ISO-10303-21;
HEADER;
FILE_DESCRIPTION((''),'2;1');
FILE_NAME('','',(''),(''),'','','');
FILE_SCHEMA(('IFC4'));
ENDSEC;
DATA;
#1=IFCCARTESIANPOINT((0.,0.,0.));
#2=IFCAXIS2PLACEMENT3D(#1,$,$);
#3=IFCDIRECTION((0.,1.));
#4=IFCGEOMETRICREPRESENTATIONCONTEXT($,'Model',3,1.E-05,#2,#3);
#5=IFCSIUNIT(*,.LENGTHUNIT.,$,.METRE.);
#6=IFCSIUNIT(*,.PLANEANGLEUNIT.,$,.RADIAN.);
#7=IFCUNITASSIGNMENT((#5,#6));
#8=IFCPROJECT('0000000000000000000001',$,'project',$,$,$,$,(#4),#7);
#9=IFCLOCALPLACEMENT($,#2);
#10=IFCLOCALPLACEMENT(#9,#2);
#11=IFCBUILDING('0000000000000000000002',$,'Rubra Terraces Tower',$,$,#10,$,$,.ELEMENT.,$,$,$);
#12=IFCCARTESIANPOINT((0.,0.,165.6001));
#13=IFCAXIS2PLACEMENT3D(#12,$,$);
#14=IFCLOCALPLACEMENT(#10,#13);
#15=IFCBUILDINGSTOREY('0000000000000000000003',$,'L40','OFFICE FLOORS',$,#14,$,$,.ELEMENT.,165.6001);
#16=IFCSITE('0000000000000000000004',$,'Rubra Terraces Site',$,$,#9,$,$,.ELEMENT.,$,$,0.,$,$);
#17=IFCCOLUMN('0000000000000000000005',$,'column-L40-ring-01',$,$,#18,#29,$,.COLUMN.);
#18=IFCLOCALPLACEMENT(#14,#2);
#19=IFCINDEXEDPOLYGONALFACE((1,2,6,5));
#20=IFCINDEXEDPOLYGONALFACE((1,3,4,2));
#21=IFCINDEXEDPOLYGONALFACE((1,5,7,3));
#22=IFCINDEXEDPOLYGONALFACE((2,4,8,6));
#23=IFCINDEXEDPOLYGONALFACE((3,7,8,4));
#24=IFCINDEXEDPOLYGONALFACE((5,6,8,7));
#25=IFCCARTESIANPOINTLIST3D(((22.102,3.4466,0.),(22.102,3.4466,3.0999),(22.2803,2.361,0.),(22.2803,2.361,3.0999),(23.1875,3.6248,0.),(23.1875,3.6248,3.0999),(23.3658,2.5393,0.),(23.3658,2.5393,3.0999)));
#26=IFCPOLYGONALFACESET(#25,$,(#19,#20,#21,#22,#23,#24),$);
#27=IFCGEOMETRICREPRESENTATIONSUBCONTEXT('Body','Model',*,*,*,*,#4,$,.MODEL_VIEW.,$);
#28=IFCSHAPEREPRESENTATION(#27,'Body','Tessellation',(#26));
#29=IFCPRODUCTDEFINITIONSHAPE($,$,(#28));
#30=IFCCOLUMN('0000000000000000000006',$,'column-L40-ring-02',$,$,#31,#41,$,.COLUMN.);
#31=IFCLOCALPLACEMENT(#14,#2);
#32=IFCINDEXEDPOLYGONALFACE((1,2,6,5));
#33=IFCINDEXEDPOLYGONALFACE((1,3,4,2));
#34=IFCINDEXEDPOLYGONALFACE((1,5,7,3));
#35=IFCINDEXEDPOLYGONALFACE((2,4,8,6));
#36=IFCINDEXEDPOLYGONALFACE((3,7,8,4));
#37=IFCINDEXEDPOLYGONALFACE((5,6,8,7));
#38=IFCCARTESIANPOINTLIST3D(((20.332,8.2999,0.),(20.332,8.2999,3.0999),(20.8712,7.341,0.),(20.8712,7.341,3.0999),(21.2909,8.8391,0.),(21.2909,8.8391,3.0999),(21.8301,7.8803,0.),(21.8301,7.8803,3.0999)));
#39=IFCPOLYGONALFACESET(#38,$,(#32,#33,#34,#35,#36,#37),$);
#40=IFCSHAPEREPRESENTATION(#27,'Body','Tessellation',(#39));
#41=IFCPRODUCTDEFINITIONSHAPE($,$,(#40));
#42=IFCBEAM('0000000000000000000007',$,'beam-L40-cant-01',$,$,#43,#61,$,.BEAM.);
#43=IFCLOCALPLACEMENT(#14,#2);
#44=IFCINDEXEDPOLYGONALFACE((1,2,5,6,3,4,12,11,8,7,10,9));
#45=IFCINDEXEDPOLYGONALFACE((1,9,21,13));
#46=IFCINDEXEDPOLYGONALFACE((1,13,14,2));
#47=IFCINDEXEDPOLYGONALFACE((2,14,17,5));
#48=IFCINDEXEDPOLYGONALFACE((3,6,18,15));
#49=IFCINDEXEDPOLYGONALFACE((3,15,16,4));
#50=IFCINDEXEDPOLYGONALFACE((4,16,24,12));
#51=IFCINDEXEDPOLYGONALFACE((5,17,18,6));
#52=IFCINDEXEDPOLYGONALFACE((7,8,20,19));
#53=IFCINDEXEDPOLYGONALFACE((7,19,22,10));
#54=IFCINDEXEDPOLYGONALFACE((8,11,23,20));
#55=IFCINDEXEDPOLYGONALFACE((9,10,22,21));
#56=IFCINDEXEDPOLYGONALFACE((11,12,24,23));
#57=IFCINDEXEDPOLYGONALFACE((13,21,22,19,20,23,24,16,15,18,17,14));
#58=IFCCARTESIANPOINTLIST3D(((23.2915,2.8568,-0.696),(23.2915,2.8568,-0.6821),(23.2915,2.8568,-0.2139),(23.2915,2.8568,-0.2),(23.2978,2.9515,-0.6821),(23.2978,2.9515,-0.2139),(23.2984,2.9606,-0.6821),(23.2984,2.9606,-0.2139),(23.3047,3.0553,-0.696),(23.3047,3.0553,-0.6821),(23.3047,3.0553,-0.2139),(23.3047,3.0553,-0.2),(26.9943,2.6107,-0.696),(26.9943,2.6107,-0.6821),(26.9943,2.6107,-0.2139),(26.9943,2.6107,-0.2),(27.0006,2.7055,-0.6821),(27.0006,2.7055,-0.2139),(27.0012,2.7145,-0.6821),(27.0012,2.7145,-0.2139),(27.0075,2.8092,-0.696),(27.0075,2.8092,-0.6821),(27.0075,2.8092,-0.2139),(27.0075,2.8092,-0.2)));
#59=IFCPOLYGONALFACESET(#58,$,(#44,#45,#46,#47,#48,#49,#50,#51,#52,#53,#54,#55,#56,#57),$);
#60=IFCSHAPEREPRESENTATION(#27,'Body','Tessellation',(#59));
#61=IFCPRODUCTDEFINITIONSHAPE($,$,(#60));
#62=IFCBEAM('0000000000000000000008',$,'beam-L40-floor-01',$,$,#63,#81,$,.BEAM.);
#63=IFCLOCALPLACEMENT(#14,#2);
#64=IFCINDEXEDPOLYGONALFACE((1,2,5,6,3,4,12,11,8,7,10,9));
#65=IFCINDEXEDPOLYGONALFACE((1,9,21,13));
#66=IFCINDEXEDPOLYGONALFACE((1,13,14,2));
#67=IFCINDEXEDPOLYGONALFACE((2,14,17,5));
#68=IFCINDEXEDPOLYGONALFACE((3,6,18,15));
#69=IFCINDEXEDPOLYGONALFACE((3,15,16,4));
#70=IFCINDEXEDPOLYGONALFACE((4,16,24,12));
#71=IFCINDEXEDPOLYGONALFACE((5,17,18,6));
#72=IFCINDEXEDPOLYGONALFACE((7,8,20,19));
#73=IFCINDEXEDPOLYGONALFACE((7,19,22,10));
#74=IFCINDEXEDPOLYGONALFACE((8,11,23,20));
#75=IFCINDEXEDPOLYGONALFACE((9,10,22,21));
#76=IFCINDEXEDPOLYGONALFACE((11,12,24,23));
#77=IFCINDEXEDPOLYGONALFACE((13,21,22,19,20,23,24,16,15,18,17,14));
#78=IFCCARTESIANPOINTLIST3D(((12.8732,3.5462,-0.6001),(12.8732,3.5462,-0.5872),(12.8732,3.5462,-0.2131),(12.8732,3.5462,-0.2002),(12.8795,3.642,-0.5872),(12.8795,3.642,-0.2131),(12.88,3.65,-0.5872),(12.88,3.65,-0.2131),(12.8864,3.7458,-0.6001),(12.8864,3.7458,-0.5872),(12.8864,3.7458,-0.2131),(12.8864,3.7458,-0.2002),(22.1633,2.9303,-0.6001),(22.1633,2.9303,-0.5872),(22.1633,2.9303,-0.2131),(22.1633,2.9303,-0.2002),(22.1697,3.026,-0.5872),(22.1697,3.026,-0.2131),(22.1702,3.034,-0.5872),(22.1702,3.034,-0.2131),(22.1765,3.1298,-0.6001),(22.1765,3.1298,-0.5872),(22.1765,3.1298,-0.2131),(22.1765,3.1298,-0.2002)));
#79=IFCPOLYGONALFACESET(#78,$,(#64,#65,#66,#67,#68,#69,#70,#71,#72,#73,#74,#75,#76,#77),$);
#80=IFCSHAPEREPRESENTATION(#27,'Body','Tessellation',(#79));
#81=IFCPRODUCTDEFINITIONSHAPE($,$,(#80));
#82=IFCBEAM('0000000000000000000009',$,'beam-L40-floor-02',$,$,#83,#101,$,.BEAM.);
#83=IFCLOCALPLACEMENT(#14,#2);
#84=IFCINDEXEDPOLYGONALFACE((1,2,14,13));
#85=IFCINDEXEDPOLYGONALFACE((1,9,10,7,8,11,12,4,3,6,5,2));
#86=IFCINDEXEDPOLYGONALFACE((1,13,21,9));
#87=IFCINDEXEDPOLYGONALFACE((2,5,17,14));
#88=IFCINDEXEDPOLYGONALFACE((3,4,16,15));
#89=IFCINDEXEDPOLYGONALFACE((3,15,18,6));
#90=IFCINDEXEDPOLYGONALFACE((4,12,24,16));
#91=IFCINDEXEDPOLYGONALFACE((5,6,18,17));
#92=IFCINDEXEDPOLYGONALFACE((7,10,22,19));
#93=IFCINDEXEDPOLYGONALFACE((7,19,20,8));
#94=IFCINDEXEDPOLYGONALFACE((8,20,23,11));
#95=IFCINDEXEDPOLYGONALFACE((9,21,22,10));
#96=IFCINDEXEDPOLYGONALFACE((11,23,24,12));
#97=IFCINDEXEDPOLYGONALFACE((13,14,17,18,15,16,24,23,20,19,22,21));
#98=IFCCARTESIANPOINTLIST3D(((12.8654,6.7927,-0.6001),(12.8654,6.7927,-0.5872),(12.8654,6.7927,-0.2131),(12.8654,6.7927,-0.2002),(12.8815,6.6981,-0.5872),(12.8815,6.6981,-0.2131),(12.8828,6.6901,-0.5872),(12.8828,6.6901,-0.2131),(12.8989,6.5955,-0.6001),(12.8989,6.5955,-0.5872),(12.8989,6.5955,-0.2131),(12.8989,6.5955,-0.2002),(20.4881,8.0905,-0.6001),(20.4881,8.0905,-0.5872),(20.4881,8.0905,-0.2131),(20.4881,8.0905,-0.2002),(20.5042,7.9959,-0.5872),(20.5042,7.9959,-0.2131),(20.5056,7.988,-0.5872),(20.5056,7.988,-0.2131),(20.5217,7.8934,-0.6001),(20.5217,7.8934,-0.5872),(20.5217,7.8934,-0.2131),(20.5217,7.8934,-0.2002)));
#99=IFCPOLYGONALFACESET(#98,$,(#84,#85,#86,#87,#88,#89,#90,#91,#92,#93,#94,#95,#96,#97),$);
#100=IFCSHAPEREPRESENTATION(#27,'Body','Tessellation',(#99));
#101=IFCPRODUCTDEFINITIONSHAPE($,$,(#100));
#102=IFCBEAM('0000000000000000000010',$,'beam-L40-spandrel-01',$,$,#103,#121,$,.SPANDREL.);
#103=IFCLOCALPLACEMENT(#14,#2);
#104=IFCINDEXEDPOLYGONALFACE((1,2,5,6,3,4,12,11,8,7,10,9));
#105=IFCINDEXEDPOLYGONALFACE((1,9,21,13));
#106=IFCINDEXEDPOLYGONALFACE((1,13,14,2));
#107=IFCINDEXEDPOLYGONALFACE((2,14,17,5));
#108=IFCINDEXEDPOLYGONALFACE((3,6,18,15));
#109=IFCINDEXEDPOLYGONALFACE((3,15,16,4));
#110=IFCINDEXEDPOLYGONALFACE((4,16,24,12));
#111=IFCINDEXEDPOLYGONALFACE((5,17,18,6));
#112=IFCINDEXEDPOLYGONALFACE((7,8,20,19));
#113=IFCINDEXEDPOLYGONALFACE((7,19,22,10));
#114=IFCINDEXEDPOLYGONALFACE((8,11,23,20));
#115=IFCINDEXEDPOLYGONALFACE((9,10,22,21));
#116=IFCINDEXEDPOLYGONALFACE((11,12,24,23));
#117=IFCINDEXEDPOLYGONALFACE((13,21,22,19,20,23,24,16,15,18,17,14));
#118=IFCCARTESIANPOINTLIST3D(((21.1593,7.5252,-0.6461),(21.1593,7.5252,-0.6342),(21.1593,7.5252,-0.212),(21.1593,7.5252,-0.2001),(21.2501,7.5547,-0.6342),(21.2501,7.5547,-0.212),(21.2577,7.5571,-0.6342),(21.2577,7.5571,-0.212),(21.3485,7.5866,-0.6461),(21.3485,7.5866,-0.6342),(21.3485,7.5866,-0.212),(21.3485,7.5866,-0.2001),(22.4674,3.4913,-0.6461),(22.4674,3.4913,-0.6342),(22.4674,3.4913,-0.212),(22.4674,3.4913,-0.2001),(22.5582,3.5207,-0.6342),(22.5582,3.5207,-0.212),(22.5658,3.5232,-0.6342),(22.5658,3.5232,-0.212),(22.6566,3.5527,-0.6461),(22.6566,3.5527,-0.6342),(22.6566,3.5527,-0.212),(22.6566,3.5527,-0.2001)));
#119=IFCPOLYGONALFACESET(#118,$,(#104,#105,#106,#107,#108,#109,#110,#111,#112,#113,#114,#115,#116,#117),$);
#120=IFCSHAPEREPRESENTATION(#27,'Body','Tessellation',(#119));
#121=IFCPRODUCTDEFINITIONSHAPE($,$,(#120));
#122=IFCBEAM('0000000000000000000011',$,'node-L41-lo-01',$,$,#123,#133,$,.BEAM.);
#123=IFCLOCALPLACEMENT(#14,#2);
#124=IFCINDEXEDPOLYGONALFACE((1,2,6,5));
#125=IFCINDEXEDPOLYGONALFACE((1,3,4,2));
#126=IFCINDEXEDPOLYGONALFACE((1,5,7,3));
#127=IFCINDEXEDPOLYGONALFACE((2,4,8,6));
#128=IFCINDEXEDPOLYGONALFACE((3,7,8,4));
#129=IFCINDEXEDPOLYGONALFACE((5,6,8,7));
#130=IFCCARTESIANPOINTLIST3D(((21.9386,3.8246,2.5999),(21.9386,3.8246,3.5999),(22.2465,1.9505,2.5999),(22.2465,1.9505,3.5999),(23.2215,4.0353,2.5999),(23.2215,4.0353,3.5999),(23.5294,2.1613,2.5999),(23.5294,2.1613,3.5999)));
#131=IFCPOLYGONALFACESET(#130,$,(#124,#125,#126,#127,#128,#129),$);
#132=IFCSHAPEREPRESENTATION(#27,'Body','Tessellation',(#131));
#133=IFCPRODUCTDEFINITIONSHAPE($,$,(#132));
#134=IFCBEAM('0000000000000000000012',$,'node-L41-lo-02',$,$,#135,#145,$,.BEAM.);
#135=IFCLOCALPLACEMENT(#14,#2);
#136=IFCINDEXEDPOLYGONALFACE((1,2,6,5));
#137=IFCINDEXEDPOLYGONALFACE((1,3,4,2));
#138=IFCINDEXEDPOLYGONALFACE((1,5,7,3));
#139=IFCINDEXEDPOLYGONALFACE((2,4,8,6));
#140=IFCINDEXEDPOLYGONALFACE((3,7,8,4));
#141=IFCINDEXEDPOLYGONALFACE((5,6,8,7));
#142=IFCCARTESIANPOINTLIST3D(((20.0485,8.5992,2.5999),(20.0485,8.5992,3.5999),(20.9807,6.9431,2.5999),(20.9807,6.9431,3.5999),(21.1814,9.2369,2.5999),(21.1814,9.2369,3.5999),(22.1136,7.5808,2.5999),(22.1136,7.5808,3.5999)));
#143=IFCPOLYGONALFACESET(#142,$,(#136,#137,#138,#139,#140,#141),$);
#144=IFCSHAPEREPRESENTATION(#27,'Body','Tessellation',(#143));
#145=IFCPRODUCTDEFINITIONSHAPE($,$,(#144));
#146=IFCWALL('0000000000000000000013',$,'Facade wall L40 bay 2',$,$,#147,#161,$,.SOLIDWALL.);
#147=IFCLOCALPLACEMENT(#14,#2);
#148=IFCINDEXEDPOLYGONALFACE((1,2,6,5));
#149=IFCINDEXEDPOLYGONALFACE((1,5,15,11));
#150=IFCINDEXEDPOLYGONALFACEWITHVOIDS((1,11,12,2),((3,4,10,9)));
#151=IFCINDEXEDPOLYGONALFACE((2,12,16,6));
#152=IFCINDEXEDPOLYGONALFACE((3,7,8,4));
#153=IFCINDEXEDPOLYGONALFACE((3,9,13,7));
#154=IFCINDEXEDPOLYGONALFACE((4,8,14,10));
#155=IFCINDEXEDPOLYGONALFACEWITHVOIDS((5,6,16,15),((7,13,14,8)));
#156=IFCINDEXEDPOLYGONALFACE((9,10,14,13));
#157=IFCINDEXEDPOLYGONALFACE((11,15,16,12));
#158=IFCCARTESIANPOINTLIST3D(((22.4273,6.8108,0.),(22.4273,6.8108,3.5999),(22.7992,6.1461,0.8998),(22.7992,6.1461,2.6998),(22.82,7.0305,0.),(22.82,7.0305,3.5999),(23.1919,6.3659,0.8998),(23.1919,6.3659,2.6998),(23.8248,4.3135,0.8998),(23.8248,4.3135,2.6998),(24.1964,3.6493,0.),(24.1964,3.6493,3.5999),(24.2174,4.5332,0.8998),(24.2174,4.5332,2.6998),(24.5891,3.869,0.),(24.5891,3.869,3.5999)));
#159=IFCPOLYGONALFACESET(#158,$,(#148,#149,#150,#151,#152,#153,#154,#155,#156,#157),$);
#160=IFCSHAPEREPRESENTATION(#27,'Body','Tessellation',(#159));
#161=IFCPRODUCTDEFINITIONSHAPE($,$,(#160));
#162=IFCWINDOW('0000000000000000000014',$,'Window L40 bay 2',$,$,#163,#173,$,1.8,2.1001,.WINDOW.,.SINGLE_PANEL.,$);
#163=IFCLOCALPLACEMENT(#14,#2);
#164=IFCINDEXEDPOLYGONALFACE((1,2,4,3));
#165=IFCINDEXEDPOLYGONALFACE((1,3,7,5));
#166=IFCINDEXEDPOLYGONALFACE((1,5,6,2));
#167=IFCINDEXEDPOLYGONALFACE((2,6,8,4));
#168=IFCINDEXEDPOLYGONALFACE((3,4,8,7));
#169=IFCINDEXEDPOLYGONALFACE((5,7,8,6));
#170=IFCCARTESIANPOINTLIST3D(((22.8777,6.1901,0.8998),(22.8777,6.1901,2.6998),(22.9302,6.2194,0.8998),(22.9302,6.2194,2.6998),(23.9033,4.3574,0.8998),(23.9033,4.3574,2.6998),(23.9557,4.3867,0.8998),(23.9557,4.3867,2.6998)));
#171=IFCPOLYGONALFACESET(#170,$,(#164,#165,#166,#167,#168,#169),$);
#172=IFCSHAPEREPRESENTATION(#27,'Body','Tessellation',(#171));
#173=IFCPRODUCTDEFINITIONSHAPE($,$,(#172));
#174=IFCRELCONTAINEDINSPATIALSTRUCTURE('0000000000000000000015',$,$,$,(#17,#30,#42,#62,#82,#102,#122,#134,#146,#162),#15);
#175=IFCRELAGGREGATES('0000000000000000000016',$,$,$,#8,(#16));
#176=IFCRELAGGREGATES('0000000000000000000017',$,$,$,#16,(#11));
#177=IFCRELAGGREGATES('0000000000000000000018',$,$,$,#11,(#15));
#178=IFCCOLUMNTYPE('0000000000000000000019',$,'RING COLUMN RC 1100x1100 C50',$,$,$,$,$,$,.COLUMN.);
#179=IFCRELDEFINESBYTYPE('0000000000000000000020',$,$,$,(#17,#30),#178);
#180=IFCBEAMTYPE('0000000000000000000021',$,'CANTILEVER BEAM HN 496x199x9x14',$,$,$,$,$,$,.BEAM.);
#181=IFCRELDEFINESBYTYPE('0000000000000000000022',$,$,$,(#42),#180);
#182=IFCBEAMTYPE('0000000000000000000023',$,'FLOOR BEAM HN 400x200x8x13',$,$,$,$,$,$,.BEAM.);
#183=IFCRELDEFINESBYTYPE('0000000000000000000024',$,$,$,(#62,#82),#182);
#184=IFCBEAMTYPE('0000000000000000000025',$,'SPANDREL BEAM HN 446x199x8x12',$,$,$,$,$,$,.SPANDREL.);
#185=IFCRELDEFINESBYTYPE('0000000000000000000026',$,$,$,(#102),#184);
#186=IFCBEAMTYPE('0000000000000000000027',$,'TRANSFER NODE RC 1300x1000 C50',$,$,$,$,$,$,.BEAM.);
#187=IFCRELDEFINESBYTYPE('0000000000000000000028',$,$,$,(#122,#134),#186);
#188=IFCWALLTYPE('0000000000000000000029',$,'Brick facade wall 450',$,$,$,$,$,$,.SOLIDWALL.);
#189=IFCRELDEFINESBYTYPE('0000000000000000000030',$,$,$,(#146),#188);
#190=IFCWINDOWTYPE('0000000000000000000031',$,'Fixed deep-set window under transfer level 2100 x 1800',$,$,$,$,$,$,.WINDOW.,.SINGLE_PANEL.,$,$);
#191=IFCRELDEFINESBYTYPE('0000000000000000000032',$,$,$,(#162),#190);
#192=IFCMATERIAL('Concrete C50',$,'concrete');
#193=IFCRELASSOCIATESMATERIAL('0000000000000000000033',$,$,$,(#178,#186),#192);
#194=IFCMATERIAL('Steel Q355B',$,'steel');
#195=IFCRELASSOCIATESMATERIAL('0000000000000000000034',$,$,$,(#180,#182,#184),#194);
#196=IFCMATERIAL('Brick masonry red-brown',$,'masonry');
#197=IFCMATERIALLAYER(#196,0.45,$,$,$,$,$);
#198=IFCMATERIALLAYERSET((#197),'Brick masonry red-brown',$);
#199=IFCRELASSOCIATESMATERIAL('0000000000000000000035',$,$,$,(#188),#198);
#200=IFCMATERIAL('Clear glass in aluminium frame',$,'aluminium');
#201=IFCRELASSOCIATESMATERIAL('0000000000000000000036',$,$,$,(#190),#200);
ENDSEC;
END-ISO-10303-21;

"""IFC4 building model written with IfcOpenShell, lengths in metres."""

from ifc_helpers import new_model, si_unit, direction, frame, frame_2d, origin, origin_2d, place, context, subcontext, project, spatial, rectangle, i_section, extrude, material, layer, layer_set, material_profile, profile_set, type_object, element, fill, save


model = new_model("IFC4")

# Units and contexts
model_context = context("Model", 3, precision=1e-05, world=origin(), true_north=direction((0.0, 1.0)))
body_context = subcontext(model_context, "Body", "Model", "MODEL_VIEW")
ifc_project = project(units=[si_unit("LENGTHUNIT", "METRE"), si_unit("PLANEANGLEUNIT", "RADIAN")], contexts=[model_context])

# Site, building, storey
site_placement = place(None, origin())
site = spatial("IfcSite", under=ifc_project, at=site_placement, Name="Rubra Terraces Site", CompositionType="ELEMENT", RefElevation=0.0)
building_placement = place(site_placement, origin())
building = spatial("IfcBuilding", under=site, at=building_placement, Name="Rubra Terraces Tower", CompositionType="ELEMENT")
storey_placement = place(building_placement, frame((0.0, 0.0, 165.6001)))
storey = spatial("IfcBuildingStorey", under=building, at=storey_placement, Name="L40", Description="OFFICE FLOORS", CompositionType="ELEMENT", Elevation=165.6001)

# Columns
ifc_material_1 = material(Name="Concrete C50", Category="concrete")
ifc_material_profile_1 = material_profile(ifc_material_1, rectangle(XDim=1.1001, YDim=1.1001, at=origin_2d()), Name="RC 1100x1100")
ifc_profile_set_1 = profile_set([ifc_material_profile_1], Name="Concrete C50")
column_type = type_object("IfcColumnType", Name="RING COLUMN RC 1100x1100 C50", PredefinedType="COLUMN", material=ifc_profile_set_1)
for number, where, z_axis, x_axis, name in (
    (1, (22.7339, 2.9929, 0.0), (0.0, 0.0, 1.0), (-0.162062, 0.986781, 0.0), "column-L40-ring-01"),
    (2, (21.0811, 8.0901, 0.0), (0.0, 0.0, 1.0), (-0.490162, 0.871631, 0.0), "column-L40-ring-02"),
):
    element("IfcColumn", number, at=place(storey_placement, frame(where, z_axis=z_axis, x_axis=x_axis)), inside=storey, type_object=column_type, Name=name, PredefinedType="COLUMN", context=body_context, shape_type="SweptSolid", body=[
        extrude(rectangle(XDim=1.1001, YDim=1.1001, at=origin_2d()), origin(), (0.0, 0.0, 1.0), 3.0999),
    ])

# Beams
ifc_material_2 = material(Name="Steel Q355B", Category="steel")
ifc_material_profile_2 = material_profile(ifc_material_2, i_section(OverallWidth=0.199, OverallDepth=0.4961, WebThickness=0.009, FlangeThickness=0.0139, at=origin_2d()), Name="HN 496x199x9x14")
ifc_profile_set_2 = profile_set([ifc_material_profile_2], Name="Steel Q355B")
beam_type_1 = type_object("IfcBeamType", Name="CANTILEVER BEAM HN 496x199x9x14", PredefinedType="BEAM", material=ifc_profile_set_2)
beam_1_placement = place(storey_placement, frame((23.2981, 2.9561, -0.448), z_axis=(0.997799, -0.066314, 0.0), x_axis=(0.066314, 0.997799, 0.0)))
element("IfcBeam", 3, at=beam_1_placement, inside=storey, type_object=beam_type_1, Name="beam-L40-cant-01", PredefinedType="BEAM", context=body_context, shape_type="SweptSolid", body=[
    extrude(i_section(OverallWidth=0.199, OverallDepth=0.4961, WebThickness=0.009, FlangeThickness=0.0139, at=origin_2d()), origin(), (0.0, 0.0, 1.0), 3.7109),
])
ifc_material_profile_3 = material_profile(ifc_material_2, i_section(OverallWidth=0.2, OverallDepth=0.3999, WebThickness=0.0081, FlangeThickness=0.0129, at=origin_2d()), Name="HN 400x200x8x13")
ifc_profile_set_3 = profile_set([ifc_material_profile_3], Name="Steel Q355B")
beam_type_2 = type_object("IfcBeamType", Name="FLOOR BEAM HN 400x200x8x13", PredefinedType="BEAM", material=ifc_profile_set_3)
beam_2_placement = place(storey_placement, frame((22.1699, 3.03, -0.4001), z_axis=(-0.997809, 0.066159, 0.0), x_axis=(-0.066159, -0.997809, 0.0)))
element("IfcBeam", 4, at=beam_2_placement, inside=storey, type_object=beam_type_2, Name="beam-L40-floor-01", PredefinedType="BEAM", context=body_context, shape_type="SweptSolid", body=[
    extrude(i_section(OverallWidth=0.2, OverallDepth=0.3999, WebThickness=0.0081, FlangeThickness=0.0129, at=origin_2d()), origin(), (0.0, 0.0, 1.0), 9.3105),
])
beam_3_placement = place(storey_placement, frame((20.5049, 7.9919, -0.4001), z_axis=(-0.985814, -0.167844, 0.0), x_axis=(0.167844, -0.985814, 0.0)))
element("IfcBeam", 5, at=beam_3_placement, inside=storey, type_object=beam_type_2, Name="beam-L40-floor-02", PredefinedType="BEAM", context=body_context, shape_type="SweptSolid", body=[
    extrude(i_section(OverallWidth=0.2, OverallDepth=0.3999, WebThickness=0.0081, FlangeThickness=0.0129, at=origin_2d()), origin(), (0.0, 0.0, 1.0), 7.7324),
])
ifc_material_profile_4 = material_profile(ifc_material_2, i_section(OverallWidth=0.199, OverallDepth=0.446, WebThickness=0.0081, FlangeThickness=0.012, at=origin_2d()), Name="HN 446x199x8x12")
ifc_profile_set_4 = profile_set([ifc_material_profile_4], Name="Steel Q355B")
beam_type_3 = type_object("IfcBeamType", Name="SPANDREL BEAM HN 446x199x8x12", PredefinedType="SPANDREL", material=ifc_profile_set_4)
beam_4_placement = place(storey_placement, frame((22.562, 3.522, -0.4231), z_axis=(-0.308462, 0.951237, 0.0), x_axis=(-0.951237, -0.308462, 0.0)))
element("IfcBeam", 6, at=beam_4_placement, inside=storey, type_object=beam_type_3, Name="beam-L40-spandrel-01", PredefinedType="SPANDREL", context=body_context, shape_type="SweptSolid", body=[
    extrude(i_section(OverallWidth=0.199, OverallDepth=0.446, WebThickness=0.0081, FlangeThickness=0.012, at=origin_2d()), origin(), (0.0, 0.0, 1.0), 4.2407),
])
ifc_material_profile_5 = material_profile(ifc_material_1, rectangle(XDim=1.3, YDim=1.0, at=origin_2d()), Name="RC 1300x1000")
ifc_profile_set_5 = profile_set([ifc_material_profile_5], Name="Concrete C50")
beam_type_4 = type_object("IfcBeamType", Name="TRANSFER NODE RC 1300x1000 C50", PredefinedType="BEAM", material=ifc_profile_set_5)
beam_5_placement = place(storey_placement, frame((22.8879, 2.0559, 3.0999), z_axis=(-0.162105, 0.986773, 0.0), x_axis=(-0.986773, -0.162105, 0.0)))
element("IfcBeam", 7, at=beam_5_placement, inside=storey, type_object=beam_type_4, Name="node-L41-lo-01", PredefinedType="BEAM", context=body_context, shape_type="SweptSolid", body=[
    extrude(rectangle(XDim=1.3, YDim=1.0, at=origin_2d()), origin(), (0.0, 0.0, 1.0), 1.8992),
])
beam_6_placement = place(storey_placement, frame((21.5471, 7.262, 3.0999), z_axis=(-0.490511, 0.871435, 0.0), x_axis=(-0.871435, -0.490511, 0.0)))
element("IfcBeam", 8, at=beam_6_placement, inside=storey, type_object=beam_type_4, Name="node-L41-lo-02", PredefinedType="BEAM", context=body_context, shape_type="SweptSolid", body=[
    extrude(rectangle(XDim=1.3, YDim=1.0, at=origin_2d()), origin(), (0.0, 0.0, 1.0), 1.9004),
])

# Wall, opening, window
ifc_material_3 = material(Name="Brick masonry red-brown", Category="masonry")
ifc_layer_1 = layer(ifc_material_3, 0.45)
ifc_layer_set_1 = layer_set([ifc_layer_1], Name="Brick masonry red-brown")
wall_type_1 = type_object("IfcWallType", Name="Brick facade wall 450", PredefinedType="SOLIDWALL", material=ifc_layer_set_1)
wall_1_placement = place(storey_placement, frame((24.3928, 3.759, 0.0), z_axis=(0.0, 0.0, 1.0), x_axis=(-0.488324, 0.872662, 0.0)))
wall_1 = element("IfcWall", 9, at=wall_1_placement, inside=storey, type_object=wall_type_1, Name="Facade wall L40 bay 2", PredefinedType="SOLIDWALL", context=body_context, shape_type="SweptSolid", body=[
    extrude(rectangle(XDim=3.6228, YDim=0.45, at=frame_2d((1.8115, 0.0))), origin(), (0.0, 0.0, 1.0), 3.5999),
])
opening_1_placement = place(wall_1_placement, frame((0.7612, 0.0, 0.8999)))
opening_1 = element("IfcOpeningElement", 10, at=opening_1_placement, cuts=wall_1, PredefinedType="OPENING", context=body_context, shape_type="SweptSolid", body=[
    extrude(rectangle(XDim=2.1001, YDim=1.8, at=frame_2d((1.05, 0.8999))), frame((0.0, 0.2349, 0.0), z_axis=(0.0, -1.0, 0.0), x_axis=(1.0, 0.0, 0.0)), (0.0, 0.0, 1.0), 0.47),
])
ifc_material_4 = material(Name="Clear glass in aluminium frame", Category="aluminium")
window_type = type_object("IfcWindowType", Name="Fixed deep-set window under transfer level 2100 x 1800", PartitioningType="SINGLE_PANEL", PredefinedType="WINDOW", material=ifc_material_4)
window_1_placement = place(opening_1_placement, origin())
window_1 = element("IfcWindow", 11, at=window_1_placement, inside=storey, type_object=window_type, Name="Window L40 bay 2", OverallHeight=1.8, OverallWidth=2.1001, PartitioningType="SINGLE_PANEL", PredefinedType="WINDOW", context=body_context, shape_type="SweptSolid", body=[
    extrude(rectangle(XDim=2.1001, YDim=1.8, at=frame_2d((1.05, 0.8999))), frame((0.0, 0.135, 0.0), z_axis=(0.0, -1.0, 0.0), x_axis=(1.0, 0.0, 0.0)), (0.0, 0.0, 1.0), 0.0601),
])
fill(opening_1, window_1)

save(model, "model.ifc")
